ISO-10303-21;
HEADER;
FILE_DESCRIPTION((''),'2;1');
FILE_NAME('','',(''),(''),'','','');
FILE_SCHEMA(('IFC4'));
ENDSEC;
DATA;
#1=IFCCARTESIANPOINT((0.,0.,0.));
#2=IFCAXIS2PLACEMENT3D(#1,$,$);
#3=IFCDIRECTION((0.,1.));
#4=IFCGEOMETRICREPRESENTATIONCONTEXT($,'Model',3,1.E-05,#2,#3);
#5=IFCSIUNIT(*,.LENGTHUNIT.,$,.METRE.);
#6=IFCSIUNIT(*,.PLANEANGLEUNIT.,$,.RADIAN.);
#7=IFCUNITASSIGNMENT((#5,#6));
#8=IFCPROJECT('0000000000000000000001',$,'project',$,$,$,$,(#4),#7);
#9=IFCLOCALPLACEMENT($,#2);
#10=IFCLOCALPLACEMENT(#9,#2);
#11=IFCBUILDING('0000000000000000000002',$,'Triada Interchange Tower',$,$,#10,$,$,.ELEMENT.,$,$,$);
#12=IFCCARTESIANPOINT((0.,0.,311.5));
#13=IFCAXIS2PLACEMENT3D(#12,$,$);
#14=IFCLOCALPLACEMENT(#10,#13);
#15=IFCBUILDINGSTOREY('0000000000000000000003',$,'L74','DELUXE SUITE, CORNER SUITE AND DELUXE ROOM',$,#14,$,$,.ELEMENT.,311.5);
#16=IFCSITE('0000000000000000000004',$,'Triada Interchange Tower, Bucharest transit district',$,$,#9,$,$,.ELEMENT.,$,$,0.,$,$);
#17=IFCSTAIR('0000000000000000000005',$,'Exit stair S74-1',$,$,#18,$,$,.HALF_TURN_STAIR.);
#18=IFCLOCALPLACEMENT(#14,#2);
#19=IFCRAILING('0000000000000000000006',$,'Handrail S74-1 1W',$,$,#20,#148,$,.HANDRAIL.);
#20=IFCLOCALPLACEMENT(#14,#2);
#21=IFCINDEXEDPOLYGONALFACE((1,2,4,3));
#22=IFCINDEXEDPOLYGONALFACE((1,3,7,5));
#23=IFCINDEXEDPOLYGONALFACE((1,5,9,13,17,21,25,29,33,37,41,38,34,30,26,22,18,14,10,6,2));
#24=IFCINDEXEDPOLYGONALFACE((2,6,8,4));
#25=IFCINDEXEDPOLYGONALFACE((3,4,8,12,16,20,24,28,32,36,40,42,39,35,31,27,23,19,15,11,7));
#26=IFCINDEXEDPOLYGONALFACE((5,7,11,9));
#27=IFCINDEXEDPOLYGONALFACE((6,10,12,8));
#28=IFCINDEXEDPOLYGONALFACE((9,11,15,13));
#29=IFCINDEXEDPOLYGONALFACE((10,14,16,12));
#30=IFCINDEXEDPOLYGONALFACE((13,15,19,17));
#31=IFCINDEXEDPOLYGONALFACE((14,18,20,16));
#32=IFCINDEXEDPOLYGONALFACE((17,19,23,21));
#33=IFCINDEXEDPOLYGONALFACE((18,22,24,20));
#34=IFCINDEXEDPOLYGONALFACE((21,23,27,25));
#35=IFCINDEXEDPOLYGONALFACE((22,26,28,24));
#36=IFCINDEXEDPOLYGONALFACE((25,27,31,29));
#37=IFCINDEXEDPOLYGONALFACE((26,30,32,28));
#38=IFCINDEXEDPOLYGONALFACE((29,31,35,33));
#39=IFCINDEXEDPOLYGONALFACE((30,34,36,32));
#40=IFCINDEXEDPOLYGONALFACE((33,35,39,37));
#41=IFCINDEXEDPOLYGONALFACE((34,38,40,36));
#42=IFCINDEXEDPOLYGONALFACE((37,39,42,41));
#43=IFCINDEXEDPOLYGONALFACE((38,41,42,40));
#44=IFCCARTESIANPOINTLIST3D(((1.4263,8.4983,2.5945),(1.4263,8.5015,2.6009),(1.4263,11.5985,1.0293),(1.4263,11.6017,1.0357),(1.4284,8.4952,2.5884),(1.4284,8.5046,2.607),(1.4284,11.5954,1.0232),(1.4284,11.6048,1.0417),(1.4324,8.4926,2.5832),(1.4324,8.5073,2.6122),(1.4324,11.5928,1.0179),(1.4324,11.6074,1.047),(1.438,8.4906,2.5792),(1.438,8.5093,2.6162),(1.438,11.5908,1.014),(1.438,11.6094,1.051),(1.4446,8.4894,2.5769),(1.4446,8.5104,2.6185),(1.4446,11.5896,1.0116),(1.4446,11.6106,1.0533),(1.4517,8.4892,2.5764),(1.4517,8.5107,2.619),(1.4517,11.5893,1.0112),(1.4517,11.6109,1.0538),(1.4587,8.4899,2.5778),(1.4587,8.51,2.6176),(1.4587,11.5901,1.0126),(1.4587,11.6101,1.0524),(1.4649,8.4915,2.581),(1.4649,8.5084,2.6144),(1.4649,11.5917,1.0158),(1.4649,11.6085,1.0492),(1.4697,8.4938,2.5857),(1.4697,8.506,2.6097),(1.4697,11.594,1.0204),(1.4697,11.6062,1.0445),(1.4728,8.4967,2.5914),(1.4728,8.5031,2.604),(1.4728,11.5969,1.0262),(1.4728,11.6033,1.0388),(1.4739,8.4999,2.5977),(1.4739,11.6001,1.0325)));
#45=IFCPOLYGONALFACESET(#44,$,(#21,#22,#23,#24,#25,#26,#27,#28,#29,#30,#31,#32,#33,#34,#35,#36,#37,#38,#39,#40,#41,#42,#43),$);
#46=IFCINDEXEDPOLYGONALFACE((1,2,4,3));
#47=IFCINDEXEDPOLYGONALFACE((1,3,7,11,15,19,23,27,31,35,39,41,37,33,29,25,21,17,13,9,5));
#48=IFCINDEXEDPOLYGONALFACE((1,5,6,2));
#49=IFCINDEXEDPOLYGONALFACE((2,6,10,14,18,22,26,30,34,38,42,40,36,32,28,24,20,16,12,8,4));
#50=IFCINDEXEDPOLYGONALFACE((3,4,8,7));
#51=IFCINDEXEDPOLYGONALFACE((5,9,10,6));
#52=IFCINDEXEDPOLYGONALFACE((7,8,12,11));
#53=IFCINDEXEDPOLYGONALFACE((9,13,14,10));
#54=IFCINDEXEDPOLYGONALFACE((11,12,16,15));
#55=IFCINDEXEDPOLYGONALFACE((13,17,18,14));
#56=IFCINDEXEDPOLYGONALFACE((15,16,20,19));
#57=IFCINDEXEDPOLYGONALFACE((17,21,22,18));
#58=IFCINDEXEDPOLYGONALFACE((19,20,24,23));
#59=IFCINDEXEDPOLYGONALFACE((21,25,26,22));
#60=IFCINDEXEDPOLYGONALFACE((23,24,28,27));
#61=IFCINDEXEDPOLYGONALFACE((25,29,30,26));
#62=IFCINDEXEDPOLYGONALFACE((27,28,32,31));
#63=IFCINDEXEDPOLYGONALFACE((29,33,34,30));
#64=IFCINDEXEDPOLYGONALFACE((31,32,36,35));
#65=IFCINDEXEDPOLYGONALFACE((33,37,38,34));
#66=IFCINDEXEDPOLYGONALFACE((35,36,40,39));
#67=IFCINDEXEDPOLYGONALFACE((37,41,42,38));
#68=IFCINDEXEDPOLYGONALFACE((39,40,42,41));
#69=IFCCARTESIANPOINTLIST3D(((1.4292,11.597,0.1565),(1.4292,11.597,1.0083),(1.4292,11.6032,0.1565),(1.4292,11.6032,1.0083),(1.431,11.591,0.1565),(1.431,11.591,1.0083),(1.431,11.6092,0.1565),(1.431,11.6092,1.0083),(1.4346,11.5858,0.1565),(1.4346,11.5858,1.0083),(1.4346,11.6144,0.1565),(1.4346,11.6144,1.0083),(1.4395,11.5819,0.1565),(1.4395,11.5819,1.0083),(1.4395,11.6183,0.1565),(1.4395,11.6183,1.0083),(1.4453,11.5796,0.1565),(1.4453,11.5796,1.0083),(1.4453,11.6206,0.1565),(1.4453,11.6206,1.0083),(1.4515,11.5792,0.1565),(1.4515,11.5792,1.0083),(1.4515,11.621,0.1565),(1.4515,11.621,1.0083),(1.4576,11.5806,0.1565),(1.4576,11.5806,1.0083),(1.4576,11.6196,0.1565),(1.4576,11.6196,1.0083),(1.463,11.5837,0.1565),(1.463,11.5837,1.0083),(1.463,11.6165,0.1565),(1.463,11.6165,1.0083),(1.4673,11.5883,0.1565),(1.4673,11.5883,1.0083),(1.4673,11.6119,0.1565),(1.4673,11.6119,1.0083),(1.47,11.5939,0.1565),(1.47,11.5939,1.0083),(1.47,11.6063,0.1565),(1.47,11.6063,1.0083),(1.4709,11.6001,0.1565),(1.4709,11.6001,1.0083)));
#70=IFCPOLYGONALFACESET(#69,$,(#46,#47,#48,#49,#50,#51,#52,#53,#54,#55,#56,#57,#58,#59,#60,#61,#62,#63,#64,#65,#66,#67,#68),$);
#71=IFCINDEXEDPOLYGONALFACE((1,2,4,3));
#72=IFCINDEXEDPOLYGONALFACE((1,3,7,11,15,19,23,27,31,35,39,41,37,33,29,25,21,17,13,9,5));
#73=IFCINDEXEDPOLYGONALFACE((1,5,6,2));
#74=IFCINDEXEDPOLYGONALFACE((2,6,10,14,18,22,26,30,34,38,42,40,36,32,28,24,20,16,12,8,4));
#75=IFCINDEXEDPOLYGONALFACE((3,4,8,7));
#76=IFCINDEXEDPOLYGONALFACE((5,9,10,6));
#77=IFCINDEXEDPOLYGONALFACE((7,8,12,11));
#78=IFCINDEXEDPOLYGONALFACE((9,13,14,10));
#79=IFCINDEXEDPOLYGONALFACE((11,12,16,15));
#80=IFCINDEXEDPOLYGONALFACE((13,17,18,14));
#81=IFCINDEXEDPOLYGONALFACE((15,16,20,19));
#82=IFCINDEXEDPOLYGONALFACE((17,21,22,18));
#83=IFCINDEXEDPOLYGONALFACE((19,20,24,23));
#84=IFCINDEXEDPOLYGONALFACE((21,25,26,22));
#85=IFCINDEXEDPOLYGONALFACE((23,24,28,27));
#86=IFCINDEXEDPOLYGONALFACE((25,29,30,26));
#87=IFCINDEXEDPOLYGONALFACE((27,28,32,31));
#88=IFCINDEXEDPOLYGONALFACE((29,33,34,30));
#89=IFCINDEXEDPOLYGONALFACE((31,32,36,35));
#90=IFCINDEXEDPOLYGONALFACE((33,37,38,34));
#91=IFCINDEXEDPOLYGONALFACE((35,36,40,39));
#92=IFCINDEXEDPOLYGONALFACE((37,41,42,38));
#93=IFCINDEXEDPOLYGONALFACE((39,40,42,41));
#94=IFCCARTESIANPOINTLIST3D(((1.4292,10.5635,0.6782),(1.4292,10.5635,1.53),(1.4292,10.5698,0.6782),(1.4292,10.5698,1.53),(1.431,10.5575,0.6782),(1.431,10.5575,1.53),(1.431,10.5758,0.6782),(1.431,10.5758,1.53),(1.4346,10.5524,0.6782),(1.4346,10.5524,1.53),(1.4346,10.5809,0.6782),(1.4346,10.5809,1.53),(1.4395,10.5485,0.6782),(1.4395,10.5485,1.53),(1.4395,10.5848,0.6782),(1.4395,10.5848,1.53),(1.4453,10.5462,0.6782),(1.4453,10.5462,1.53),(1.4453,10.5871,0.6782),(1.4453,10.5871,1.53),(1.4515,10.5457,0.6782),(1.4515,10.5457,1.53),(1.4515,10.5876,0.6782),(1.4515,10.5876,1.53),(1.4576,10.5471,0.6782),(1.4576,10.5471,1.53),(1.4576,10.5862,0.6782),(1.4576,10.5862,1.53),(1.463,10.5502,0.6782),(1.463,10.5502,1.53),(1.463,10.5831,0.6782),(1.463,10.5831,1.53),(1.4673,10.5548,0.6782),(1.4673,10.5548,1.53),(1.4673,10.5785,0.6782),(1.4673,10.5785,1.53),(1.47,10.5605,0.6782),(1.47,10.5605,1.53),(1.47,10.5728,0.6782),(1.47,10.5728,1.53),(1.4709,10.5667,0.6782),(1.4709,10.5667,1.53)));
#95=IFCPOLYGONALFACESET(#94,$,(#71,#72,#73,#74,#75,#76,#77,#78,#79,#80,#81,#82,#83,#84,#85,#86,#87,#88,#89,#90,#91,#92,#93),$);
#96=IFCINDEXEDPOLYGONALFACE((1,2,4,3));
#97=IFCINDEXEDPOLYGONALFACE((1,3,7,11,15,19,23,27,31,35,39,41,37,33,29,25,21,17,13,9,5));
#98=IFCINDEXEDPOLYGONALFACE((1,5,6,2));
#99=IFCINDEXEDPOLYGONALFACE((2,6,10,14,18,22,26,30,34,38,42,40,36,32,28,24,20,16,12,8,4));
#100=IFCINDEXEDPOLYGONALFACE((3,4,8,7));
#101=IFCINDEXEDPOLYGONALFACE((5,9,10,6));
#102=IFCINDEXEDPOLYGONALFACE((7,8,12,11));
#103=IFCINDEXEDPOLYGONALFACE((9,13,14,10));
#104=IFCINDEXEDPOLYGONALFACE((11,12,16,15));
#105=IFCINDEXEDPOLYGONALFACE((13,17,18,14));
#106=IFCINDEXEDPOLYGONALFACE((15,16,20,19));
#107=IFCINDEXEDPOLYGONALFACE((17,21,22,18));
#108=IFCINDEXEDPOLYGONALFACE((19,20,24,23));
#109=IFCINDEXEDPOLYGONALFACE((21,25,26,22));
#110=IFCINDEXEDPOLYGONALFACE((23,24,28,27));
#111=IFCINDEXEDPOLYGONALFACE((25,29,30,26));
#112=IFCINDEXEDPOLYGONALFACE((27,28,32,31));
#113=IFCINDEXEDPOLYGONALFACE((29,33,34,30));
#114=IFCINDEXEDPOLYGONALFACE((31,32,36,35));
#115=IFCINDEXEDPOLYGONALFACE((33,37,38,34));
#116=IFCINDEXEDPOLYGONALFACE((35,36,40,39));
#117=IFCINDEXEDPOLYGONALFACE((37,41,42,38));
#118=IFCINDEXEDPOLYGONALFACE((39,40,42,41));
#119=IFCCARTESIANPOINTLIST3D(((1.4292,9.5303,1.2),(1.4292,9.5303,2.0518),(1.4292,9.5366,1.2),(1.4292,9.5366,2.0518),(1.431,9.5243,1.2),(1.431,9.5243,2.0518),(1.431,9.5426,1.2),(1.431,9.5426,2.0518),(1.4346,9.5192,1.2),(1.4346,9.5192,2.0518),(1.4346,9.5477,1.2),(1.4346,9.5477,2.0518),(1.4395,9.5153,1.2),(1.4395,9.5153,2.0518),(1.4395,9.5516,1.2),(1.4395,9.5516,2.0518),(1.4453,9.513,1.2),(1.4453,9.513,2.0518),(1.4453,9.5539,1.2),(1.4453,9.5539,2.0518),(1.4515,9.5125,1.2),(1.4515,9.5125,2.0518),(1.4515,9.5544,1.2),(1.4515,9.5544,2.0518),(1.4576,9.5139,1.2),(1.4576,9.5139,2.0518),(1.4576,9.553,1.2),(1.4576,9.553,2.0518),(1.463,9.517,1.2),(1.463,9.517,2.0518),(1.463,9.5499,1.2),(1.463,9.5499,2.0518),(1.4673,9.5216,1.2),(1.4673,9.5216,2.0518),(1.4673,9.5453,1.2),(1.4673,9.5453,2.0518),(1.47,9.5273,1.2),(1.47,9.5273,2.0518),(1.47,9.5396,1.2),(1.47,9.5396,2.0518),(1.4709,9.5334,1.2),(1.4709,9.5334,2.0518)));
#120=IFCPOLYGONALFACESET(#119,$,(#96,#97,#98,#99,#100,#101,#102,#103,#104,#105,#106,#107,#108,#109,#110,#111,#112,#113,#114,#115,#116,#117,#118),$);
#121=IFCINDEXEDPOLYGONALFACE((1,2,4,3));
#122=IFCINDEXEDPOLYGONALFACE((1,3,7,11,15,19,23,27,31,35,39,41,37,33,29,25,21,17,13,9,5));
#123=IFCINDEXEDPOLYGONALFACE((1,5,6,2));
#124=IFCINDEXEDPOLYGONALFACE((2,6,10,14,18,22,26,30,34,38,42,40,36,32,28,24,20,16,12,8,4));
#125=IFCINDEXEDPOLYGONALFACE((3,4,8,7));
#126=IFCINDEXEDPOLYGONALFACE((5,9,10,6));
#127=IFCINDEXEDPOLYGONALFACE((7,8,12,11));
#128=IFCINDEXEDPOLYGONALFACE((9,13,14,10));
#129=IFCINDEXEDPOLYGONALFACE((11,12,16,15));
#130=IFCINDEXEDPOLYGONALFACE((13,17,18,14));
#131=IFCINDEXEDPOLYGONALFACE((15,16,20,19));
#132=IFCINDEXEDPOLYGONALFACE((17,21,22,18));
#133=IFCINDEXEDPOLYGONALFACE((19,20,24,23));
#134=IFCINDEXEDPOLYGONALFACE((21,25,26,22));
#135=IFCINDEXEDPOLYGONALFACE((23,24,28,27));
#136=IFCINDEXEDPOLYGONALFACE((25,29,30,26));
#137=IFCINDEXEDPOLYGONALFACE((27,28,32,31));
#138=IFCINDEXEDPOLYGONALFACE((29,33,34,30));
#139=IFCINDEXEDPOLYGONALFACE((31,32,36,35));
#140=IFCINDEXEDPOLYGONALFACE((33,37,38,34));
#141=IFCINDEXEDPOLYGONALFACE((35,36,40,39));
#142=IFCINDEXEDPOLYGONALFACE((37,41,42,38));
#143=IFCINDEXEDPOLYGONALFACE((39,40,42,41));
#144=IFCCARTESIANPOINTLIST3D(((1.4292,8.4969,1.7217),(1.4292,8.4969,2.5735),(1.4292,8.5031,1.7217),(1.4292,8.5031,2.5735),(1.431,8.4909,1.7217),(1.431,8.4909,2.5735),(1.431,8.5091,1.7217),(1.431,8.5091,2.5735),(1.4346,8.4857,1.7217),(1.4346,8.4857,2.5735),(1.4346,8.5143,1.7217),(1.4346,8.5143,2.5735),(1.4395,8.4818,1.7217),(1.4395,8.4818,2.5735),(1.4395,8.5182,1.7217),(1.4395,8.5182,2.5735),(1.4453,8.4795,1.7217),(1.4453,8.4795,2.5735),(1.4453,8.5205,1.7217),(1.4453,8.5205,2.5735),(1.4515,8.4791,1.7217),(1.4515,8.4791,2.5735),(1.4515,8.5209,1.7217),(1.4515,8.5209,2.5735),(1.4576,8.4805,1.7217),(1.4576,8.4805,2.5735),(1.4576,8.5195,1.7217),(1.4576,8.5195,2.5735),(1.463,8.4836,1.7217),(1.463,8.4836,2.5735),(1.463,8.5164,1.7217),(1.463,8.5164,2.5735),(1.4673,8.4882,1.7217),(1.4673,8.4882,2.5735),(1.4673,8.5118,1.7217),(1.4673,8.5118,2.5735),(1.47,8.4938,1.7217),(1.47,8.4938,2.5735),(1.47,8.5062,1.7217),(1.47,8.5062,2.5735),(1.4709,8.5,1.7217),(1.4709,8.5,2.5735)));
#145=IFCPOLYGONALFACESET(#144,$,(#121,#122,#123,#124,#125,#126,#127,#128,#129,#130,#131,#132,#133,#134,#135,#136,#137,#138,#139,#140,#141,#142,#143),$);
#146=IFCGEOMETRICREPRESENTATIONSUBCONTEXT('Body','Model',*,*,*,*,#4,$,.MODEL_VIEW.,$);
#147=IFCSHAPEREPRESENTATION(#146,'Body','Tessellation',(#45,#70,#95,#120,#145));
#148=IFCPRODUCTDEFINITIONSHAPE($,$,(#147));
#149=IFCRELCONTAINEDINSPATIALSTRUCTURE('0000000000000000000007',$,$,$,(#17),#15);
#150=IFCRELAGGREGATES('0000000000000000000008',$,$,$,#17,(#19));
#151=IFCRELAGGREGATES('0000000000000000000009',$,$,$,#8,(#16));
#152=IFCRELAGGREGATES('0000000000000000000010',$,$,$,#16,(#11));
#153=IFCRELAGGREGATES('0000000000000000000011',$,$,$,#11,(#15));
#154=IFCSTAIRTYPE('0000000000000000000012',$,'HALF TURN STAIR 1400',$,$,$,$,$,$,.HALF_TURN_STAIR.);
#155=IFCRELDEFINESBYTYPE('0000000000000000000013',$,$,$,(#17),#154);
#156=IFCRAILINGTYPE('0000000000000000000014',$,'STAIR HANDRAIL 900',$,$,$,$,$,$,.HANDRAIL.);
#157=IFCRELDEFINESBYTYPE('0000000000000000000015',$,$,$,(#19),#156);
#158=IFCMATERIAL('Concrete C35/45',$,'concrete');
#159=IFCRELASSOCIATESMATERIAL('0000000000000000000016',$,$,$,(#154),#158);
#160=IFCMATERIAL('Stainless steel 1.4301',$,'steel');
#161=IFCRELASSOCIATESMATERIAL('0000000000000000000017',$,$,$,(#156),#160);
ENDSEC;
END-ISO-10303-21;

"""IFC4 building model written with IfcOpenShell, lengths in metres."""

from ifc_helpers import new_model, si_unit, direction, frame, origin, origin_2d, place, context, subcontext, project, spatial, circle, extrude, material, type_object, element, aggregate, save


model = new_model("IFC4")

# Units and contexts
model_context = context("Model", 3, precision=1e-05, world=origin(), true_north=direction((0.0, 1.0)))
body_context = subcontext(model_context, "Body", "Model", "MODEL_VIEW")
ifc_project = project(units=[si_unit("LENGTHUNIT", "METRE"), si_unit("PLANEANGLEUNIT", "RADIAN")], contexts=[model_context])

# Site, building, storey
site_placement = place(None, origin())
site = spatial("IfcSite", under=ifc_project, at=site_placement, Name="Triada Interchange Tower, Bucharest transit district", CompositionType="ELEMENT", RefElevation=0.0)
building_placement = place(site_placement, origin())
building = spatial("IfcBuilding", under=site, at=building_placement, Name="Triada Interchange Tower", CompositionType="ELEMENT")
storey_placement = place(building_placement, frame((0.0, 0.0, 311.5)))
storey = spatial("IfcBuildingStorey", under=building, at=storey_placement, Name="L74", Description="DELUXE SUITE, CORNER SUITE AND DELUXE ROOM", CompositionType="ELEMENT", Elevation=311.5)

# Stair
ifc_material_1 = material(Name="Concrete C35/45", Category="concrete")
stair_type = type_object("IfcStairType", Name="HALF TURN STAIR 1400", PredefinedType="HALF_TURN_STAIR", material=ifc_material_1)
stair_placement = place(storey_placement, origin())
stair = element("IfcStair", 1, at=stair_placement, inside=storey, type_object=stair_type, Name="Exit stair S74-1", PredefinedType="HALF_TURN_STAIR")

# Railing
ifc_material_2 = material(Name="Stainless steel 1.4301", Category="steel")
railing_type = type_object("IfcRailingType", Name="STAIR HANDRAIL 900", PredefinedType="HANDRAIL", material=ifc_material_2)
railing_1_placement = place(storey_placement, frame((1.45, 11.6001, 0.1565)))
railing_1 = element("IfcRailing", 2, at=railing_1_placement, type_object=railing_type, Name="Handrail S74-1 1W", PredefinedType="HANDRAIL", context=body_context, shape_type="SweptSolid", body=[
    extrude(circle(Radius=0.0239, at=origin_2d()), frame((0.0, 0.0, 0.876), z_axis=(0.0, -0.892677, 0.450697), x_axis=(1.0, 0.0, 0.0)), (0.0, 0.0, 1.0), 3.4729),
    extrude(circle(Radius=0.021, at=origin_2d()), origin(), (0.0, 0.0, 1.0), 0.8518),
    extrude(circle(Radius=0.021, at=origin_2d()), frame((0.0, -1.0334, 0.5217)), (0.0, 0.0, 1.0), 0.8518),
    extrude(circle(Radius=0.021, at=origin_2d()), frame((0.0, -2.0667, 1.0435)), (0.0, 0.0, 1.0), 0.8518),
    extrude(circle(Radius=0.021, at=origin_2d()), frame((0.0, -3.1001, 1.5652)), (0.0, 0.0, 1.0), 0.8518),
])
aggregate(stair, [railing_1])

save(model, "model.ifc")
